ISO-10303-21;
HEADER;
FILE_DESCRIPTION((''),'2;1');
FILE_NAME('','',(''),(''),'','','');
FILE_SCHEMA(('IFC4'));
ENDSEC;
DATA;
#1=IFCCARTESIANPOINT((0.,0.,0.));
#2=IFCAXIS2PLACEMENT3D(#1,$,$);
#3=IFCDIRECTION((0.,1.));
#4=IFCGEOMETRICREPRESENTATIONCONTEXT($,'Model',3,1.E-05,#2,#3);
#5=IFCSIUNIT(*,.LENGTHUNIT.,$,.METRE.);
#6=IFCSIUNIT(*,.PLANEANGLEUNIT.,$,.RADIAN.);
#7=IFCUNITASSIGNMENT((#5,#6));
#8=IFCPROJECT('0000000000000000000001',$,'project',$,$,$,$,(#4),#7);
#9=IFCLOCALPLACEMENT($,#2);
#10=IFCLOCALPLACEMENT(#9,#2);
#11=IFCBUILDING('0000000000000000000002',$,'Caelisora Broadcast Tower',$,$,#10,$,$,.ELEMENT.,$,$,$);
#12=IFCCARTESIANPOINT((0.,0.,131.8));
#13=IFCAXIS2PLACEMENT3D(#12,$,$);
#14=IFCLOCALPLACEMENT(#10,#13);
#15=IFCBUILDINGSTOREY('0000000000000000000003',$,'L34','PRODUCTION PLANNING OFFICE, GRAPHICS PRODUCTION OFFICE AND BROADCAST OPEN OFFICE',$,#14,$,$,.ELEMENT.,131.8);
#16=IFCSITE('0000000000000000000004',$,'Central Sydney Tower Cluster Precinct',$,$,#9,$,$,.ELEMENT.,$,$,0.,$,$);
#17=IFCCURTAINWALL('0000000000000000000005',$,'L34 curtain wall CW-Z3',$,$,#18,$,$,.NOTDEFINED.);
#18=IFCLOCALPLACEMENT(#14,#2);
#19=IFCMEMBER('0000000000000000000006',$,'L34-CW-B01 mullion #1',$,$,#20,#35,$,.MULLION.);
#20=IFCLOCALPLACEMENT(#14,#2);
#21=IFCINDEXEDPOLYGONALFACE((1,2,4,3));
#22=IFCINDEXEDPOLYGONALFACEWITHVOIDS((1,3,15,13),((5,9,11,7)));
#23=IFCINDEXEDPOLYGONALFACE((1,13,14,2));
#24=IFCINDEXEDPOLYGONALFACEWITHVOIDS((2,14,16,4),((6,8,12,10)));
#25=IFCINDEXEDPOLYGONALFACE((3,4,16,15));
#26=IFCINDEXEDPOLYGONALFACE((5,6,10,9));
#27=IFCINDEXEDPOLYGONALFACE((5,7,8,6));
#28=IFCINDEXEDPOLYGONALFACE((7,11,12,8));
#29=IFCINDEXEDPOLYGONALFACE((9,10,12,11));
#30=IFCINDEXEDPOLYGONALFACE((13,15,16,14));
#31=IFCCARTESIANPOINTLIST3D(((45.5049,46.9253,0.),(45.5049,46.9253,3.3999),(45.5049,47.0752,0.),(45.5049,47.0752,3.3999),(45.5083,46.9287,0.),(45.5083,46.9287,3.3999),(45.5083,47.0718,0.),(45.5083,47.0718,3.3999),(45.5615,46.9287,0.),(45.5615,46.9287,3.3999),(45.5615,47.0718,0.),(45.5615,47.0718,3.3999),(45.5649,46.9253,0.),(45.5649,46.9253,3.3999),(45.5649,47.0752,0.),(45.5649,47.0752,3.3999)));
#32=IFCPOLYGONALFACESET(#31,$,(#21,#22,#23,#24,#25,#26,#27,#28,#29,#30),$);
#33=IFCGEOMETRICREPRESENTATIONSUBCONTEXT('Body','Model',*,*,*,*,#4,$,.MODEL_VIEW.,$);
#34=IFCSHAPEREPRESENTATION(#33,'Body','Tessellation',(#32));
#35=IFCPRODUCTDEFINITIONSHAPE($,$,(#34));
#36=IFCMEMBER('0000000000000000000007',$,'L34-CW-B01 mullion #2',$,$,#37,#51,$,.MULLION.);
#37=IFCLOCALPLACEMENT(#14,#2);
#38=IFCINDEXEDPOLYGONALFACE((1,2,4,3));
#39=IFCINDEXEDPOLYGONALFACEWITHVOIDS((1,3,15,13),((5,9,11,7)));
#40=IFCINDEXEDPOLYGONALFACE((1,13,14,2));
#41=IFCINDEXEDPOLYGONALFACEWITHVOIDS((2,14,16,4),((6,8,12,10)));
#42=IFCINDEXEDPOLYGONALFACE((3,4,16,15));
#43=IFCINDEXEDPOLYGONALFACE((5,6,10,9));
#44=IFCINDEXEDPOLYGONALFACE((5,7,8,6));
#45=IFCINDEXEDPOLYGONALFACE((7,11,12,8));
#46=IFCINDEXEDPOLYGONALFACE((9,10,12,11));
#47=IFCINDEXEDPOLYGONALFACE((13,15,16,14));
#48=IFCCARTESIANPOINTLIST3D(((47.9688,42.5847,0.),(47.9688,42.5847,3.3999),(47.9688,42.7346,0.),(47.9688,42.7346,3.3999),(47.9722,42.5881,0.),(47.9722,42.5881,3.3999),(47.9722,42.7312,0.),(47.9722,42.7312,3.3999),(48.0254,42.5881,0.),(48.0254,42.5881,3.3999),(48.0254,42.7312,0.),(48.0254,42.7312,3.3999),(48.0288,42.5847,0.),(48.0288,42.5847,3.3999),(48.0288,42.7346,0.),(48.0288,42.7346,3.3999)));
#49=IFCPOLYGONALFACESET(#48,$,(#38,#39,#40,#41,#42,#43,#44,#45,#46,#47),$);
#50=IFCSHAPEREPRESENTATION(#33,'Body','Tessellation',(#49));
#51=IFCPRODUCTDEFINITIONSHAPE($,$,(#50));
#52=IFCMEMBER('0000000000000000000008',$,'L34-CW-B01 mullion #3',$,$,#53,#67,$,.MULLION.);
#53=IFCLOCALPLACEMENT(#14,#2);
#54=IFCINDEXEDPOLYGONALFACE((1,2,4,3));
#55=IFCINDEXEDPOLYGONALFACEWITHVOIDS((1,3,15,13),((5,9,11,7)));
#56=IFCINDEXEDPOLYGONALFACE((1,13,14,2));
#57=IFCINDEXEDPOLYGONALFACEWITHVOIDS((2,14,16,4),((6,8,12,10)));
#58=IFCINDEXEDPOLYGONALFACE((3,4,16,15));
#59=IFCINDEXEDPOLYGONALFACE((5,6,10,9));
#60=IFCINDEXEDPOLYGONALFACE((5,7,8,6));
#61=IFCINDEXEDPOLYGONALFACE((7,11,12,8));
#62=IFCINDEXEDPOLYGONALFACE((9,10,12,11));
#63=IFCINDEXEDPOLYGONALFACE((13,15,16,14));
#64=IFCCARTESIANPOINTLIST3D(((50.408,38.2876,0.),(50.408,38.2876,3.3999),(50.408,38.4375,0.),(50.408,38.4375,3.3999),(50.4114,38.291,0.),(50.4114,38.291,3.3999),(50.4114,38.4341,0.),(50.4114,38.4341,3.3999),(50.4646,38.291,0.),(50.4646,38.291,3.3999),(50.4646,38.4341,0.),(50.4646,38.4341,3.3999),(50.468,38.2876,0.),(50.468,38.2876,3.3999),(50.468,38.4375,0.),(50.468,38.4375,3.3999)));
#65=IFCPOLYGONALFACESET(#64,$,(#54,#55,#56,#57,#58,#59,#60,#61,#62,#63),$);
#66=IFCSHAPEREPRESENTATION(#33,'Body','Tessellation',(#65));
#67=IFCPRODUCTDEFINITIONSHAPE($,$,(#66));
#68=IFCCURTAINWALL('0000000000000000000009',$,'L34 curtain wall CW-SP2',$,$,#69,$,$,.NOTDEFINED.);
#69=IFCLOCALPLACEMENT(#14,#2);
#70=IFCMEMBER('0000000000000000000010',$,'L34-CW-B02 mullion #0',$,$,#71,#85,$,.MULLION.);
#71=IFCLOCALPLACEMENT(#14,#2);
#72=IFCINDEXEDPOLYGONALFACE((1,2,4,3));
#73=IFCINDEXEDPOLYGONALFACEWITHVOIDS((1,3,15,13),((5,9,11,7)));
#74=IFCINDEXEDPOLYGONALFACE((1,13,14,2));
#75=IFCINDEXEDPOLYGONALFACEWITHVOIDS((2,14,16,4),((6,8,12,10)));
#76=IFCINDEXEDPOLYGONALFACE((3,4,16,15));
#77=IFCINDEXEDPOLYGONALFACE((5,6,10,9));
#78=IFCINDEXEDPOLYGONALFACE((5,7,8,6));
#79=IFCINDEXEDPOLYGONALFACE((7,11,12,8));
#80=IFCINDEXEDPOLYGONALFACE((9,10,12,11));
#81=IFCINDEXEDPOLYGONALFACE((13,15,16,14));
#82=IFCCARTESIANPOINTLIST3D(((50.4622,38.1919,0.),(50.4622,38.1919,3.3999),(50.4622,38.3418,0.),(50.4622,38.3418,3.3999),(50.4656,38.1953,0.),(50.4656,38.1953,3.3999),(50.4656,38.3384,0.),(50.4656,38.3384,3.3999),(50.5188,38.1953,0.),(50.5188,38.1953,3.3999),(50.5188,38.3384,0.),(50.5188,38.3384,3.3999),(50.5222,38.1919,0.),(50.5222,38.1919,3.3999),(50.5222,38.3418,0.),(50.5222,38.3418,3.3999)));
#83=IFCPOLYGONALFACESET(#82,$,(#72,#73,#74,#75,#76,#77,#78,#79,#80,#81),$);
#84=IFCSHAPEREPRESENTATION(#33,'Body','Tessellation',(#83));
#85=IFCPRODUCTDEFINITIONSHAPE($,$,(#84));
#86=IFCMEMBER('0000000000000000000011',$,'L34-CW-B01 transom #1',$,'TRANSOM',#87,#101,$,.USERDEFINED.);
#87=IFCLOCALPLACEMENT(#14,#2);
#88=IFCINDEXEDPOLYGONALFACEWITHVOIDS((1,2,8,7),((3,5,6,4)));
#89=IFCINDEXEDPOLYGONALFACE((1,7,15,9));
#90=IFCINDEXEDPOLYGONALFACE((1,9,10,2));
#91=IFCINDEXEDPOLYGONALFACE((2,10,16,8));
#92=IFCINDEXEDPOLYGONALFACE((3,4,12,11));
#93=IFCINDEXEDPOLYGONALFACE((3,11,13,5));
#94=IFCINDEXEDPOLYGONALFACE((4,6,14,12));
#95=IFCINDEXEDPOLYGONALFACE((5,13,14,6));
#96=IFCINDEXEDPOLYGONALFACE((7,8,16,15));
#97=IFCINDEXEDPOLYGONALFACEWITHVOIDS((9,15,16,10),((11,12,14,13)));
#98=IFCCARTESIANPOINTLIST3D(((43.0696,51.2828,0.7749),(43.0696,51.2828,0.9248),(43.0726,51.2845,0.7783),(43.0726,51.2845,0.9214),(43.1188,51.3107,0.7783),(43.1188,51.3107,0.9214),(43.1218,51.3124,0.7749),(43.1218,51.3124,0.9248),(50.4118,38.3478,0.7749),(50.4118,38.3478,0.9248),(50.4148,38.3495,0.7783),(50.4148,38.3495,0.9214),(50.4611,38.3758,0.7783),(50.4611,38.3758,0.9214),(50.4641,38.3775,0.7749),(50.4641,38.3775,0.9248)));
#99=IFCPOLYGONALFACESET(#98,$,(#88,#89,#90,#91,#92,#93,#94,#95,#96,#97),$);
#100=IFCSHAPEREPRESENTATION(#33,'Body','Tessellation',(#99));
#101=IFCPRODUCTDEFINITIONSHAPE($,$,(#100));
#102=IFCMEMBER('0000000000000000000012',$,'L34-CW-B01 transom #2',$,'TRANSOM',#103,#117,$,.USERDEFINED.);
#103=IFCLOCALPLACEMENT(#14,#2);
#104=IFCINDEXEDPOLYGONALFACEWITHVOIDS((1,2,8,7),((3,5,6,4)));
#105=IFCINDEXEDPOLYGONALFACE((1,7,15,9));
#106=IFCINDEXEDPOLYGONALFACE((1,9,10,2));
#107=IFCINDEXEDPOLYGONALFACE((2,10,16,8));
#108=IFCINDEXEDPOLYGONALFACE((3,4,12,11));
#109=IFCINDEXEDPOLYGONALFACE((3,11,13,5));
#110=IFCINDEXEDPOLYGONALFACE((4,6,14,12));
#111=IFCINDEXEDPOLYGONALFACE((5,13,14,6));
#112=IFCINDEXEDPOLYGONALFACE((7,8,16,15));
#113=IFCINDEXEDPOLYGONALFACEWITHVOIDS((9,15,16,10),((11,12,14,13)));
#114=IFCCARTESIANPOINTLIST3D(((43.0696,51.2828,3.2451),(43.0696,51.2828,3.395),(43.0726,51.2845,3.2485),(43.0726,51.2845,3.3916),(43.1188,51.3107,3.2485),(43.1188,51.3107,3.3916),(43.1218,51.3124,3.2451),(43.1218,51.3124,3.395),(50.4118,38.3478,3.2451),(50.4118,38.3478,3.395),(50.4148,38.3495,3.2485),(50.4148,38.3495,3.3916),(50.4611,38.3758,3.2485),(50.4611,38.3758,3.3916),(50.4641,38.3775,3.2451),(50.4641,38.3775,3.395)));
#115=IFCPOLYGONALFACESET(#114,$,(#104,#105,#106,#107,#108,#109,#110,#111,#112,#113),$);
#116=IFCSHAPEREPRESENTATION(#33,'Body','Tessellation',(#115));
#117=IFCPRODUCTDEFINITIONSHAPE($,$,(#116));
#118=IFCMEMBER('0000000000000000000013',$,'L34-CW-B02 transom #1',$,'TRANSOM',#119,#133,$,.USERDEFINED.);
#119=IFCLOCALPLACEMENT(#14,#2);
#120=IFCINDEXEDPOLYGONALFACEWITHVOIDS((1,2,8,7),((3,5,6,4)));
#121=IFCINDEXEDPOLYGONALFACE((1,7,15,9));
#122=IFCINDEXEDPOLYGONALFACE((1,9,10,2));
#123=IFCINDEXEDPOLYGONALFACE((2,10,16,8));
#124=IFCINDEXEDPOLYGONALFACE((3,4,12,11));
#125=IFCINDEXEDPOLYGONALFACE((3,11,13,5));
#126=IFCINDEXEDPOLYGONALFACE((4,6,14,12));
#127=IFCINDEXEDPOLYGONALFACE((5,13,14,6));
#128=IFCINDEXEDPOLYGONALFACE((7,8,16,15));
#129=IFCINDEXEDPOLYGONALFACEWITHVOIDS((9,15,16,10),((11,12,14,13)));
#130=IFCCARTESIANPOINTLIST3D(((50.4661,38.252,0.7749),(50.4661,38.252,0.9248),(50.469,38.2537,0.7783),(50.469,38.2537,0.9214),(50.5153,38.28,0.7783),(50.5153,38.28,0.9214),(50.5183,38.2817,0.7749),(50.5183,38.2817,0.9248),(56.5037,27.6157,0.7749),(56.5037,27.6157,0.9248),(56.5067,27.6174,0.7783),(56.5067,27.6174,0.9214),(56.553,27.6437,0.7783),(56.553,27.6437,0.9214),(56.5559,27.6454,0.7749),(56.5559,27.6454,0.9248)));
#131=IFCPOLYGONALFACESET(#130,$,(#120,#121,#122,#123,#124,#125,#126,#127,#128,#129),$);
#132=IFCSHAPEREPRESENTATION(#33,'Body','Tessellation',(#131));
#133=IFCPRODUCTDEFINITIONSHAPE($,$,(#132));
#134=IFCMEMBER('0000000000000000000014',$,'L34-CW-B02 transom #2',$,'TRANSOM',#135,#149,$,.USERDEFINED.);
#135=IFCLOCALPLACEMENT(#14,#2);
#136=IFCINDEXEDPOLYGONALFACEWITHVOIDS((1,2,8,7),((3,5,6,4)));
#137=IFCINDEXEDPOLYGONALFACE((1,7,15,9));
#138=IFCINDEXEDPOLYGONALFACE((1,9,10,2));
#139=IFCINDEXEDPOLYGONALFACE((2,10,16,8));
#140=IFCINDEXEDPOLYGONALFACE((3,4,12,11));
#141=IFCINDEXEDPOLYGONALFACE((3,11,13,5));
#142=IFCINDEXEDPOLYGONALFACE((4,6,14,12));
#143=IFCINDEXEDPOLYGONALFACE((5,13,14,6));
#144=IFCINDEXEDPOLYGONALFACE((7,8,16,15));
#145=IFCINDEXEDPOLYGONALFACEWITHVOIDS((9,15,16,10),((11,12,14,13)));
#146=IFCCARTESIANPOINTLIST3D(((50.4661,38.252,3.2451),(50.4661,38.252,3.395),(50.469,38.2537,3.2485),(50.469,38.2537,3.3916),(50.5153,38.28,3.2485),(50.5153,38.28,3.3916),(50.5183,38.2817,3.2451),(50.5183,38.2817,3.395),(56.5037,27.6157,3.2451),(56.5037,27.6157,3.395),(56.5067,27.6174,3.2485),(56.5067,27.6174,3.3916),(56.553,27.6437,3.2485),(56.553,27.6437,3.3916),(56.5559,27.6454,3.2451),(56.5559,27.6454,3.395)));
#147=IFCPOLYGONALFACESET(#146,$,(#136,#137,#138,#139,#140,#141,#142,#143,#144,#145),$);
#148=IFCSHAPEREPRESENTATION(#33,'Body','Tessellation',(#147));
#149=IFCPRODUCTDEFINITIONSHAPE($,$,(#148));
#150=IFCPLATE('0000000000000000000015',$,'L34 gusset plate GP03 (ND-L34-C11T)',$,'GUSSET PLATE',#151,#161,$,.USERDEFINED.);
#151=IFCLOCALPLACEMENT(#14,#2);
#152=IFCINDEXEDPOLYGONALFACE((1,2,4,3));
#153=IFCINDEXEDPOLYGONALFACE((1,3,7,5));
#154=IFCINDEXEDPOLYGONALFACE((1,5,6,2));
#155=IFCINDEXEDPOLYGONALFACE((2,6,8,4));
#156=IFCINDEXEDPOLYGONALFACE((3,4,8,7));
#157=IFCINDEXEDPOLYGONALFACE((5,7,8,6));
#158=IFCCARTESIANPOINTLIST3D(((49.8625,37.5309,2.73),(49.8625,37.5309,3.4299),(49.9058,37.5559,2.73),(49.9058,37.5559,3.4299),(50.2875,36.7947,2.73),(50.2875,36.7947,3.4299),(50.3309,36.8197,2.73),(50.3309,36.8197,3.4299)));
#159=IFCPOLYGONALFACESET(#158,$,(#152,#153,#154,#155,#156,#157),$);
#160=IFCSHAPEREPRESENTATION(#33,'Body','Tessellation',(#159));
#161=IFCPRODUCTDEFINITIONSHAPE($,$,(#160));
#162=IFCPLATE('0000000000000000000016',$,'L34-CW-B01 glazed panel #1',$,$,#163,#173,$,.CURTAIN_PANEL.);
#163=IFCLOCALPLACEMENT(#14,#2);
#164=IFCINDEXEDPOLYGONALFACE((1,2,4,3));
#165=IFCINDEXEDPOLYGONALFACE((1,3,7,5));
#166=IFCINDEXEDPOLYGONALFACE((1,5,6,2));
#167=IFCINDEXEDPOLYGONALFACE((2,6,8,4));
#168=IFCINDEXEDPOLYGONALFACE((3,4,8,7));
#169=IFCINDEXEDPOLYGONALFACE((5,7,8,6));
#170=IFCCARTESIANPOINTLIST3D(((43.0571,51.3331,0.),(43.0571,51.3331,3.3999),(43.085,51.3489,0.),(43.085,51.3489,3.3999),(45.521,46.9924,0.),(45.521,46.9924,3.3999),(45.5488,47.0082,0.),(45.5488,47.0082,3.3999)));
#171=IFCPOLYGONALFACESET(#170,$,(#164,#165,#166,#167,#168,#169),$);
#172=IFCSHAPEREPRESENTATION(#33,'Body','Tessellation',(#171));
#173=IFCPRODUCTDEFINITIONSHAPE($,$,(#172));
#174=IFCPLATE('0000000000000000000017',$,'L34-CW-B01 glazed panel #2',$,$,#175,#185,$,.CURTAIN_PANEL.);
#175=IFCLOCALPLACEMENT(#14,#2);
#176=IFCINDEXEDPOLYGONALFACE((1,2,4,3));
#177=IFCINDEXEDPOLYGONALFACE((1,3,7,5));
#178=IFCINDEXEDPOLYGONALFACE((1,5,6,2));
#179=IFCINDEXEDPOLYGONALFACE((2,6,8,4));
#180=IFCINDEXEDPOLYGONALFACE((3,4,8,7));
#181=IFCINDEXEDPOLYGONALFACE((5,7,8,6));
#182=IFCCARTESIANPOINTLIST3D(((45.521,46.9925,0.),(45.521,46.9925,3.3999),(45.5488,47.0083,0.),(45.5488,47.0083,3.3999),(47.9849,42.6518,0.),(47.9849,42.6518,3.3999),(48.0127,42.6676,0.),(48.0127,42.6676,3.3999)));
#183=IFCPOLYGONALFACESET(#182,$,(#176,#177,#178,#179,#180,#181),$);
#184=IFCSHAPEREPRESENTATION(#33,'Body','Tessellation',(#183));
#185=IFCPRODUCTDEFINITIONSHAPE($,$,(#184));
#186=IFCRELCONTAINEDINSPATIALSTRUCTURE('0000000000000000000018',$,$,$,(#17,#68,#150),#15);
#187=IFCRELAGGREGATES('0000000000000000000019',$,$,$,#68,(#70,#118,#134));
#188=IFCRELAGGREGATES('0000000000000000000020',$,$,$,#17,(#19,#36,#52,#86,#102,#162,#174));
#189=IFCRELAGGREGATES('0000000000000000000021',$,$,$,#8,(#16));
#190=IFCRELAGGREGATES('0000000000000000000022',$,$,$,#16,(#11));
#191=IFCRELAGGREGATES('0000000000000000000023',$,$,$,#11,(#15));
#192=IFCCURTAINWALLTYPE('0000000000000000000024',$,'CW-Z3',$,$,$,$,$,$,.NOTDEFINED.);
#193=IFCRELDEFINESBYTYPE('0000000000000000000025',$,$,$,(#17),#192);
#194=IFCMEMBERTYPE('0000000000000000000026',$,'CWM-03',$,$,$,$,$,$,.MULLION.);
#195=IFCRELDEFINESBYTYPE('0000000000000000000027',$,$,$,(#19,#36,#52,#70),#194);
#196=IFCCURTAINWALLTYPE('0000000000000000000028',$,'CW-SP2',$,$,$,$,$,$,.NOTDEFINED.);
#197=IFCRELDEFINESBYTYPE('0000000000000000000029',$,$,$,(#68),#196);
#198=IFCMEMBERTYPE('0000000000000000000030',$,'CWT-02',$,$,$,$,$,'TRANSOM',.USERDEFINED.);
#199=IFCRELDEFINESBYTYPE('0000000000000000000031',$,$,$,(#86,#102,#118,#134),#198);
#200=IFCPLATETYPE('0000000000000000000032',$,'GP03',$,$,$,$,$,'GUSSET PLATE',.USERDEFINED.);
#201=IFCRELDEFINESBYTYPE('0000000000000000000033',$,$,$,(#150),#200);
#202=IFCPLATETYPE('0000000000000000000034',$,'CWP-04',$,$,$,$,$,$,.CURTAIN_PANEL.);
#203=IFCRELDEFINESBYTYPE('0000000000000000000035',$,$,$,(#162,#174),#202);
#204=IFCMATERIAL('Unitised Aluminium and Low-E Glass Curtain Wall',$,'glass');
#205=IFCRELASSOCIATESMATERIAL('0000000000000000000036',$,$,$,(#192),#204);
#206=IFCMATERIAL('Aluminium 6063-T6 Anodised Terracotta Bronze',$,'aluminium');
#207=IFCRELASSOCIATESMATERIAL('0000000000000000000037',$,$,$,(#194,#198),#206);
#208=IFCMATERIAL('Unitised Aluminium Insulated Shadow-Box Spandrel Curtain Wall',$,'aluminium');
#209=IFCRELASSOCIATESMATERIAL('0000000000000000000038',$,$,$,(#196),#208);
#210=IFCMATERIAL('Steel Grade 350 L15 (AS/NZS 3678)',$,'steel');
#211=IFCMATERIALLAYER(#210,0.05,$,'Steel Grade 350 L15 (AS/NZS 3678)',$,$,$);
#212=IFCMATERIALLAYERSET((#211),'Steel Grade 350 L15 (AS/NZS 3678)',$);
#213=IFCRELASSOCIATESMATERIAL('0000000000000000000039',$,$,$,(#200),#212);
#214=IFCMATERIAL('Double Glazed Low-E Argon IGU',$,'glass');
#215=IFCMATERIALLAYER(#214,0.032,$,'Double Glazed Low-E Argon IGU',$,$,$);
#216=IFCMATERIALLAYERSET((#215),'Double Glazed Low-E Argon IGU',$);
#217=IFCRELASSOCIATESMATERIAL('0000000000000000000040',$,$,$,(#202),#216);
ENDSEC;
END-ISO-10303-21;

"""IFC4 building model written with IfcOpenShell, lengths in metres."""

from ifc_helpers import new_model, si_unit, direction, frame, origin, origin_2d, place, context, subcontext, project, spatial, rectangle, hollow_rectangle, extrude, source, transform, mapped, material, layer, layer_set, material_profile, profile_set, type_object, type_shapes, element, aggregate, save


model = new_model("IFC4")

# Units and contexts
model_context = context("Model", 3, precision=1e-05, world=origin(), true_north=direction((0.0, 1.0)))
body_context = subcontext(model_context, "Body", "Model", "MODEL_VIEW")
ifc_project = project(units=[si_unit("LENGTHUNIT", "METRE"), si_unit("PLANEANGLEUNIT", "RADIAN")], contexts=[model_context])

# Site, building, storey
site_placement = place(None, origin())
site = spatial("IfcSite", under=ifc_project, at=site_placement, Name="Central Sydney Tower Cluster Precinct", CompositionType="ELEMENT", RefElevation=0.0)
building_placement = place(site_placement, origin())
building = spatial("IfcBuilding", under=site, at=building_placement, Name="Caelisora Broadcast Tower", CompositionType="ELEMENT")
storey_placement = place(building_placement, frame((0.0, 0.0, 131.8)))
storey = spatial("IfcBuildingStorey", under=building, at=storey_placement, Name="L34", Description="PRODUCTION PLANNING OFFICE, GRAPHICS PRODUCTION OFFICE AND BROADCAST OPEN OFFICE", CompositionType="ELEMENT", Elevation=131.8)

# Shared definitions
ifc_material_1 = material(Name="Steel Grade 350 L15 (AS/NZS 3678)", Category="steel")

# Curtain wall, members
ifc_material_2 = material(Name="Unitised Aluminium and Low-E Glass Curtain Wall", Category="glass")
curtain_wall_type_1 = type_object("IfcCurtainWallType", Name="CW-Z3", PredefinedType="NOTDEFINED", material=ifc_material_2)
curtain_wall_1_placement = place(storey_placement, origin())
curtain_wall_1 = element("IfcCurtainWall", 1, at=curtain_wall_1_placement, inside=storey, type_object=curtain_wall_type_1, Name="L34 curtain wall CW-Z3", PredefinedType="NOTDEFINED")
ifc_material_3 = material(Name="Aluminium 6063-T6 Anodised Terracotta Bronze", Category="aluminium")
ifc_material_profile_1 = material_profile(ifc_material_3, hollow_rectangle(XDim=0.0601, YDim=0.1499, WallThickness=0.0034, at=origin_2d()), Name="Aluminium 6063-T6 Anodised Terracotta Bronze")
ifc_profile_set_1 = profile_set([ifc_material_profile_1], Name="Aluminium 6063-T6 Anodised Terracotta Bronze")
member_type_1 = type_object("IfcMemberType", Name="CWM-03", PredefinedType="MULLION", material=ifc_profile_set_1)
shared_shape_1 = source(origin(), body_context, "Body", "SweptSolid", [
    extrude(hollow_rectangle(XDim=0.0601, YDim=0.1499, WallThickness=0.0034, at=origin_2d()), origin(), (0.0, 0.0, 1.0), 3.3999),
])
type_shapes(member_type_1, [shared_shape_1])
member_1_placement = place(storey_placement, frame((45.5349, 47.0002, 0.0), z_axis=(0.0, 0.0, 1.0), x_axis=(1.0, 0.0, 0.0)))
member_1 = element("IfcMember", 2, at=member_1_placement, type_object=member_type_1, Name="L34-CW-B01 mullion #1", PredefinedType="MULLION", context=body_context, shape_type="MappedRepresentation", body=[
    mapped(shared_shape_1, transform((0.0, 0.0, 0.0), scale=1.0)),
])
member_2_placement = place(storey_placement, frame((47.9988, 42.6597, 0.0), z_axis=(0.0, 0.0, 1.0), x_axis=(1.0, 0.0, 0.0)))
member_2 = element("IfcMember", 3, at=member_2_placement, type_object=member_type_1, Name="L34-CW-B01 mullion #2", PredefinedType="MULLION", context=body_context, shape_type="MappedRepresentation", body=[
    mapped(shared_shape_1, transform((0.0, 0.0, 0.0), scale=1.0)),
])
member_3_placement = place(storey_placement, frame((50.438, 38.3625, 0.0), z_axis=(0.0, 0.0, 1.0), x_axis=(1.0, 0.0, 0.0)))
member_3 = element("IfcMember", 4, at=member_3_placement, type_object=member_type_1, Name="L34-CW-B01 mullion #3", PredefinedType="MULLION", context=body_context, shape_type="MappedRepresentation", body=[
    mapped(shared_shape_1, transform((0.0, 0.0, 0.0), scale=1.0)),
])

# Curtain wall, member
ifc_material_4 = material(Name="Unitised Aluminium Insulated Shadow-Box Spandrel Curtain Wall", Category="aluminium")
curtain_wall_type_2 = type_object("IfcCurtainWallType", Name="CW-SP2", PredefinedType="NOTDEFINED", material=ifc_material_4)
curtain_wall_2_placement = place(storey_placement, origin())
curtain_wall_2 = element("IfcCurtainWall", 5, at=curtain_wall_2_placement, inside=storey, type_object=curtain_wall_type_2, Name="L34 curtain wall CW-SP2", PredefinedType="NOTDEFINED")
member_4_placement = place(storey_placement, frame((50.4922, 38.2668, 0.0), z_axis=(0.0, 0.0, 1.0), x_axis=(1.0, 0.0, 0.0)))
member_4 = element("IfcMember", 6, at=member_4_placement, type_object=member_type_1, Name="L34-CW-B02 mullion #0", PredefinedType="MULLION", context=body_context, shape_type="MappedRepresentation", body=[
    mapped(shared_shape_1, transform((0.0, 0.0, 0.0), scale=1.0)),
])

# Members
ifc_material_profile_2 = material_profile(ifc_material_3, hollow_rectangle(XDim=0.0601, YDim=0.1499, WallThickness=0.0034, at=origin_2d()), Name="Aluminium 6063-T6 Anodised Terracotta Bronze")
ifc_profile_set_2 = profile_set([ifc_material_profile_2], Name="Aluminium 6063-T6 Anodised Terracotta Bronze")
member_type_2 = type_object("IfcMemberType", Name="CWT-02", ElementType="TRANSOM", PredefinedType="USERDEFINED", material=ifc_profile_set_2)
shared_shape_2 = source(origin(), body_context, "Body", "SweptSolid", [
    extrude(hollow_rectangle(XDim=0.0601, YDim=0.1499, WallThickness=0.0034, at=origin_2d()), origin(), (0.0, 0.0, 1.0), 14.8735),
])
member_5_placement = place(storey_placement, frame((43.0957, 51.2976, 0.8499), z_axis=(0.493644, -0.869664, 0.0), x_axis=(0.869664, 0.493644, 0.0)))
member_5 = element("IfcMember", 7, at=member_5_placement, type_object=member_type_2, Name="L34-CW-B01 transom #1", ObjectType="TRANSOM", PredefinedType="USERDEFINED", context=body_context, shape_type="MappedRepresentation", body=[
    mapped(shared_shape_2, transform((0.0, 0.0, 0.0), scale=1.0)),
])
member_6_placement = place(storey_placement, frame((43.0957, 51.2976, 3.3201), z_axis=(0.493644, -0.869664, 0.0), x_axis=(0.869664, 0.493644, 0.0)))
member_6 = element("IfcMember", 8, at=member_6_placement, type_object=member_type_2, Name="L34-CW-B01 transom #2", ObjectType="TRANSOM", PredefinedType="USERDEFINED", context=body_context, shape_type="MappedRepresentation", body=[
    mapped(shared_shape_2, transform((0.0, 0.0, 0.0), scale=1.0)),
])
shared_shape_3 = source(origin(), body_context, "Body", "SweptSolid", [
    extrude(hollow_rectangle(XDim=0.0601, YDim=0.1499, WallThickness=0.0034, at=origin_2d()), origin(), (0.0, 0.0, 1.0), 12.2305),
])
type_shapes(member_type_2, [shared_shape_2, shared_shape_3])
member_7_placement = place(storey_placement, frame((50.4922, 38.2668, 0.8499), z_axis=(0.493656, -0.869657, 0.0), x_axis=(0.869657, 0.493656, 0.0)))
member_7 = element("IfcMember", 9, at=member_7_placement, type_object=member_type_2, Name="L34-CW-B02 transom #1", ObjectType="TRANSOM", PredefinedType="USERDEFINED", context=body_context, shape_type="MappedRepresentation", body=[
    mapped(shared_shape_3, transform((0.0, 0.0, 0.0), scale=1.0)),
])
member_8_placement = place(storey_placement, frame((50.4922, 38.2668, 3.3201), z_axis=(0.493656, -0.869657, 0.0), x_axis=(0.869657, 0.493656, 0.0)))
member_8 = element("IfcMember", 10, at=member_8_placement, type_object=member_type_2, Name="L34-CW-B02 transom #2", ObjectType="TRANSOM", PredefinedType="USERDEFINED", context=body_context, shape_type="MappedRepresentation", body=[
    mapped(shared_shape_3, transform((0.0, 0.0, 0.0), scale=1.0)),
])
aggregate(curtain_wall_2, [member_4, member_7, member_8])

# Plates
ifc_layer_1 = layer(ifc_material_1, 0.05, Name="Steel Grade 350 L15 (AS/NZS 3678)")
ifc_layer_set_1 = layer_set([ifc_layer_1], Name="Steel Grade 350 L15 (AS/NZS 3678)")
plate_type_1 = type_object("IfcPlateType", Name="GP03", ElementType="GUSSET PLATE", PredefinedType="USERDEFINED", material=ifc_layer_set_1)
shared_shape_4 = source(origin(), body_context, "Body", "SweptSolid", [
    extrude(rectangle(XDim=0.8501, YDim=0.05, at=origin_2d()), origin(), (0.0, 0.0, 1.0), 0.7),
])
type_shapes(plate_type_1, [shared_shape_4])
plate_1_placement = place(storey_placement, frame((50.0967, 37.1753, 2.73), z_axis=(0.0, 0.0, 1.0), x_axis=(-0.5, 0.866025, 0.0)))
element("IfcPlate", 11, at=plate_1_placement, inside=storey, type_object=plate_type_1, Name="L34 gusset plate GP03 (ND-L34-C11T)", ObjectType="GUSSET PLATE", PredefinedType="USERDEFINED", context=body_context, shape_type="MappedRepresentation", body=[
    mapped(shared_shape_4, transform((0.0, 0.0, 0.0), scale=1.0)),
])
ifc_material_5 = material(Name="Double Glazed Low-E Argon IGU", Category="glass")
ifc_layer_2 = layer(ifc_material_5, 0.032, Name="Double Glazed Low-E Argon IGU")
ifc_layer_set_2 = layer_set([ifc_layer_2], Name="Double Glazed Low-E Argon IGU")
plate_type_2 = type_object("IfcPlateType", Name="CWP-04", PredefinedType="CURTAIN_PANEL", material=ifc_layer_set_2)
shared_shape_5 = source(origin(), body_context, "Body", "SweptSolid", [
    extrude(rectangle(XDim=4.9912, YDim=0.032, at=origin_2d()), origin(), (0.0, 0.0, 1.0), 3.3999),
])
type_shapes(plate_type_2, [shared_shape_5])
plate_2_placement = place(storey_placement, frame((44.303, 49.1707, 0.0), z_axis=(0.0, 0.0, 1.0), x_axis=(0.493638, -0.869667, 0.0)))
plate_2 = element("IfcPlate", 12, at=plate_2_placement, type_object=plate_type_2, Name="L34-CW-B01 glazed panel #1", PredefinedType="CURTAIN_PANEL", context=body_context, shape_type="MappedRepresentation", body=[
    mapped(shared_shape_5, transform((0.0, 0.0, 0.0), scale=1.0)),
])
plate_3_placement = place(storey_placement, frame((46.7668, 44.8301, 0.0), z_axis=(0.0, 0.0, 1.0), x_axis=(0.493638, -0.869667, 0.0)))
plate_3 = element("IfcPlate", 13, at=plate_3_placement, type_object=plate_type_2, Name="L34-CW-B01 glazed panel #2", PredefinedType="CURTAIN_PANEL", context=body_context, shape_type="MappedRepresentation", body=[
    mapped(shared_shape_5, transform((0.0, 0.0, 0.0), scale=1.0)),
])
aggregate(curtain_wall_1, [member_1, member_2, member_3, member_5, member_6, plate_2, plate_3])

save(model, "model.ifc")
